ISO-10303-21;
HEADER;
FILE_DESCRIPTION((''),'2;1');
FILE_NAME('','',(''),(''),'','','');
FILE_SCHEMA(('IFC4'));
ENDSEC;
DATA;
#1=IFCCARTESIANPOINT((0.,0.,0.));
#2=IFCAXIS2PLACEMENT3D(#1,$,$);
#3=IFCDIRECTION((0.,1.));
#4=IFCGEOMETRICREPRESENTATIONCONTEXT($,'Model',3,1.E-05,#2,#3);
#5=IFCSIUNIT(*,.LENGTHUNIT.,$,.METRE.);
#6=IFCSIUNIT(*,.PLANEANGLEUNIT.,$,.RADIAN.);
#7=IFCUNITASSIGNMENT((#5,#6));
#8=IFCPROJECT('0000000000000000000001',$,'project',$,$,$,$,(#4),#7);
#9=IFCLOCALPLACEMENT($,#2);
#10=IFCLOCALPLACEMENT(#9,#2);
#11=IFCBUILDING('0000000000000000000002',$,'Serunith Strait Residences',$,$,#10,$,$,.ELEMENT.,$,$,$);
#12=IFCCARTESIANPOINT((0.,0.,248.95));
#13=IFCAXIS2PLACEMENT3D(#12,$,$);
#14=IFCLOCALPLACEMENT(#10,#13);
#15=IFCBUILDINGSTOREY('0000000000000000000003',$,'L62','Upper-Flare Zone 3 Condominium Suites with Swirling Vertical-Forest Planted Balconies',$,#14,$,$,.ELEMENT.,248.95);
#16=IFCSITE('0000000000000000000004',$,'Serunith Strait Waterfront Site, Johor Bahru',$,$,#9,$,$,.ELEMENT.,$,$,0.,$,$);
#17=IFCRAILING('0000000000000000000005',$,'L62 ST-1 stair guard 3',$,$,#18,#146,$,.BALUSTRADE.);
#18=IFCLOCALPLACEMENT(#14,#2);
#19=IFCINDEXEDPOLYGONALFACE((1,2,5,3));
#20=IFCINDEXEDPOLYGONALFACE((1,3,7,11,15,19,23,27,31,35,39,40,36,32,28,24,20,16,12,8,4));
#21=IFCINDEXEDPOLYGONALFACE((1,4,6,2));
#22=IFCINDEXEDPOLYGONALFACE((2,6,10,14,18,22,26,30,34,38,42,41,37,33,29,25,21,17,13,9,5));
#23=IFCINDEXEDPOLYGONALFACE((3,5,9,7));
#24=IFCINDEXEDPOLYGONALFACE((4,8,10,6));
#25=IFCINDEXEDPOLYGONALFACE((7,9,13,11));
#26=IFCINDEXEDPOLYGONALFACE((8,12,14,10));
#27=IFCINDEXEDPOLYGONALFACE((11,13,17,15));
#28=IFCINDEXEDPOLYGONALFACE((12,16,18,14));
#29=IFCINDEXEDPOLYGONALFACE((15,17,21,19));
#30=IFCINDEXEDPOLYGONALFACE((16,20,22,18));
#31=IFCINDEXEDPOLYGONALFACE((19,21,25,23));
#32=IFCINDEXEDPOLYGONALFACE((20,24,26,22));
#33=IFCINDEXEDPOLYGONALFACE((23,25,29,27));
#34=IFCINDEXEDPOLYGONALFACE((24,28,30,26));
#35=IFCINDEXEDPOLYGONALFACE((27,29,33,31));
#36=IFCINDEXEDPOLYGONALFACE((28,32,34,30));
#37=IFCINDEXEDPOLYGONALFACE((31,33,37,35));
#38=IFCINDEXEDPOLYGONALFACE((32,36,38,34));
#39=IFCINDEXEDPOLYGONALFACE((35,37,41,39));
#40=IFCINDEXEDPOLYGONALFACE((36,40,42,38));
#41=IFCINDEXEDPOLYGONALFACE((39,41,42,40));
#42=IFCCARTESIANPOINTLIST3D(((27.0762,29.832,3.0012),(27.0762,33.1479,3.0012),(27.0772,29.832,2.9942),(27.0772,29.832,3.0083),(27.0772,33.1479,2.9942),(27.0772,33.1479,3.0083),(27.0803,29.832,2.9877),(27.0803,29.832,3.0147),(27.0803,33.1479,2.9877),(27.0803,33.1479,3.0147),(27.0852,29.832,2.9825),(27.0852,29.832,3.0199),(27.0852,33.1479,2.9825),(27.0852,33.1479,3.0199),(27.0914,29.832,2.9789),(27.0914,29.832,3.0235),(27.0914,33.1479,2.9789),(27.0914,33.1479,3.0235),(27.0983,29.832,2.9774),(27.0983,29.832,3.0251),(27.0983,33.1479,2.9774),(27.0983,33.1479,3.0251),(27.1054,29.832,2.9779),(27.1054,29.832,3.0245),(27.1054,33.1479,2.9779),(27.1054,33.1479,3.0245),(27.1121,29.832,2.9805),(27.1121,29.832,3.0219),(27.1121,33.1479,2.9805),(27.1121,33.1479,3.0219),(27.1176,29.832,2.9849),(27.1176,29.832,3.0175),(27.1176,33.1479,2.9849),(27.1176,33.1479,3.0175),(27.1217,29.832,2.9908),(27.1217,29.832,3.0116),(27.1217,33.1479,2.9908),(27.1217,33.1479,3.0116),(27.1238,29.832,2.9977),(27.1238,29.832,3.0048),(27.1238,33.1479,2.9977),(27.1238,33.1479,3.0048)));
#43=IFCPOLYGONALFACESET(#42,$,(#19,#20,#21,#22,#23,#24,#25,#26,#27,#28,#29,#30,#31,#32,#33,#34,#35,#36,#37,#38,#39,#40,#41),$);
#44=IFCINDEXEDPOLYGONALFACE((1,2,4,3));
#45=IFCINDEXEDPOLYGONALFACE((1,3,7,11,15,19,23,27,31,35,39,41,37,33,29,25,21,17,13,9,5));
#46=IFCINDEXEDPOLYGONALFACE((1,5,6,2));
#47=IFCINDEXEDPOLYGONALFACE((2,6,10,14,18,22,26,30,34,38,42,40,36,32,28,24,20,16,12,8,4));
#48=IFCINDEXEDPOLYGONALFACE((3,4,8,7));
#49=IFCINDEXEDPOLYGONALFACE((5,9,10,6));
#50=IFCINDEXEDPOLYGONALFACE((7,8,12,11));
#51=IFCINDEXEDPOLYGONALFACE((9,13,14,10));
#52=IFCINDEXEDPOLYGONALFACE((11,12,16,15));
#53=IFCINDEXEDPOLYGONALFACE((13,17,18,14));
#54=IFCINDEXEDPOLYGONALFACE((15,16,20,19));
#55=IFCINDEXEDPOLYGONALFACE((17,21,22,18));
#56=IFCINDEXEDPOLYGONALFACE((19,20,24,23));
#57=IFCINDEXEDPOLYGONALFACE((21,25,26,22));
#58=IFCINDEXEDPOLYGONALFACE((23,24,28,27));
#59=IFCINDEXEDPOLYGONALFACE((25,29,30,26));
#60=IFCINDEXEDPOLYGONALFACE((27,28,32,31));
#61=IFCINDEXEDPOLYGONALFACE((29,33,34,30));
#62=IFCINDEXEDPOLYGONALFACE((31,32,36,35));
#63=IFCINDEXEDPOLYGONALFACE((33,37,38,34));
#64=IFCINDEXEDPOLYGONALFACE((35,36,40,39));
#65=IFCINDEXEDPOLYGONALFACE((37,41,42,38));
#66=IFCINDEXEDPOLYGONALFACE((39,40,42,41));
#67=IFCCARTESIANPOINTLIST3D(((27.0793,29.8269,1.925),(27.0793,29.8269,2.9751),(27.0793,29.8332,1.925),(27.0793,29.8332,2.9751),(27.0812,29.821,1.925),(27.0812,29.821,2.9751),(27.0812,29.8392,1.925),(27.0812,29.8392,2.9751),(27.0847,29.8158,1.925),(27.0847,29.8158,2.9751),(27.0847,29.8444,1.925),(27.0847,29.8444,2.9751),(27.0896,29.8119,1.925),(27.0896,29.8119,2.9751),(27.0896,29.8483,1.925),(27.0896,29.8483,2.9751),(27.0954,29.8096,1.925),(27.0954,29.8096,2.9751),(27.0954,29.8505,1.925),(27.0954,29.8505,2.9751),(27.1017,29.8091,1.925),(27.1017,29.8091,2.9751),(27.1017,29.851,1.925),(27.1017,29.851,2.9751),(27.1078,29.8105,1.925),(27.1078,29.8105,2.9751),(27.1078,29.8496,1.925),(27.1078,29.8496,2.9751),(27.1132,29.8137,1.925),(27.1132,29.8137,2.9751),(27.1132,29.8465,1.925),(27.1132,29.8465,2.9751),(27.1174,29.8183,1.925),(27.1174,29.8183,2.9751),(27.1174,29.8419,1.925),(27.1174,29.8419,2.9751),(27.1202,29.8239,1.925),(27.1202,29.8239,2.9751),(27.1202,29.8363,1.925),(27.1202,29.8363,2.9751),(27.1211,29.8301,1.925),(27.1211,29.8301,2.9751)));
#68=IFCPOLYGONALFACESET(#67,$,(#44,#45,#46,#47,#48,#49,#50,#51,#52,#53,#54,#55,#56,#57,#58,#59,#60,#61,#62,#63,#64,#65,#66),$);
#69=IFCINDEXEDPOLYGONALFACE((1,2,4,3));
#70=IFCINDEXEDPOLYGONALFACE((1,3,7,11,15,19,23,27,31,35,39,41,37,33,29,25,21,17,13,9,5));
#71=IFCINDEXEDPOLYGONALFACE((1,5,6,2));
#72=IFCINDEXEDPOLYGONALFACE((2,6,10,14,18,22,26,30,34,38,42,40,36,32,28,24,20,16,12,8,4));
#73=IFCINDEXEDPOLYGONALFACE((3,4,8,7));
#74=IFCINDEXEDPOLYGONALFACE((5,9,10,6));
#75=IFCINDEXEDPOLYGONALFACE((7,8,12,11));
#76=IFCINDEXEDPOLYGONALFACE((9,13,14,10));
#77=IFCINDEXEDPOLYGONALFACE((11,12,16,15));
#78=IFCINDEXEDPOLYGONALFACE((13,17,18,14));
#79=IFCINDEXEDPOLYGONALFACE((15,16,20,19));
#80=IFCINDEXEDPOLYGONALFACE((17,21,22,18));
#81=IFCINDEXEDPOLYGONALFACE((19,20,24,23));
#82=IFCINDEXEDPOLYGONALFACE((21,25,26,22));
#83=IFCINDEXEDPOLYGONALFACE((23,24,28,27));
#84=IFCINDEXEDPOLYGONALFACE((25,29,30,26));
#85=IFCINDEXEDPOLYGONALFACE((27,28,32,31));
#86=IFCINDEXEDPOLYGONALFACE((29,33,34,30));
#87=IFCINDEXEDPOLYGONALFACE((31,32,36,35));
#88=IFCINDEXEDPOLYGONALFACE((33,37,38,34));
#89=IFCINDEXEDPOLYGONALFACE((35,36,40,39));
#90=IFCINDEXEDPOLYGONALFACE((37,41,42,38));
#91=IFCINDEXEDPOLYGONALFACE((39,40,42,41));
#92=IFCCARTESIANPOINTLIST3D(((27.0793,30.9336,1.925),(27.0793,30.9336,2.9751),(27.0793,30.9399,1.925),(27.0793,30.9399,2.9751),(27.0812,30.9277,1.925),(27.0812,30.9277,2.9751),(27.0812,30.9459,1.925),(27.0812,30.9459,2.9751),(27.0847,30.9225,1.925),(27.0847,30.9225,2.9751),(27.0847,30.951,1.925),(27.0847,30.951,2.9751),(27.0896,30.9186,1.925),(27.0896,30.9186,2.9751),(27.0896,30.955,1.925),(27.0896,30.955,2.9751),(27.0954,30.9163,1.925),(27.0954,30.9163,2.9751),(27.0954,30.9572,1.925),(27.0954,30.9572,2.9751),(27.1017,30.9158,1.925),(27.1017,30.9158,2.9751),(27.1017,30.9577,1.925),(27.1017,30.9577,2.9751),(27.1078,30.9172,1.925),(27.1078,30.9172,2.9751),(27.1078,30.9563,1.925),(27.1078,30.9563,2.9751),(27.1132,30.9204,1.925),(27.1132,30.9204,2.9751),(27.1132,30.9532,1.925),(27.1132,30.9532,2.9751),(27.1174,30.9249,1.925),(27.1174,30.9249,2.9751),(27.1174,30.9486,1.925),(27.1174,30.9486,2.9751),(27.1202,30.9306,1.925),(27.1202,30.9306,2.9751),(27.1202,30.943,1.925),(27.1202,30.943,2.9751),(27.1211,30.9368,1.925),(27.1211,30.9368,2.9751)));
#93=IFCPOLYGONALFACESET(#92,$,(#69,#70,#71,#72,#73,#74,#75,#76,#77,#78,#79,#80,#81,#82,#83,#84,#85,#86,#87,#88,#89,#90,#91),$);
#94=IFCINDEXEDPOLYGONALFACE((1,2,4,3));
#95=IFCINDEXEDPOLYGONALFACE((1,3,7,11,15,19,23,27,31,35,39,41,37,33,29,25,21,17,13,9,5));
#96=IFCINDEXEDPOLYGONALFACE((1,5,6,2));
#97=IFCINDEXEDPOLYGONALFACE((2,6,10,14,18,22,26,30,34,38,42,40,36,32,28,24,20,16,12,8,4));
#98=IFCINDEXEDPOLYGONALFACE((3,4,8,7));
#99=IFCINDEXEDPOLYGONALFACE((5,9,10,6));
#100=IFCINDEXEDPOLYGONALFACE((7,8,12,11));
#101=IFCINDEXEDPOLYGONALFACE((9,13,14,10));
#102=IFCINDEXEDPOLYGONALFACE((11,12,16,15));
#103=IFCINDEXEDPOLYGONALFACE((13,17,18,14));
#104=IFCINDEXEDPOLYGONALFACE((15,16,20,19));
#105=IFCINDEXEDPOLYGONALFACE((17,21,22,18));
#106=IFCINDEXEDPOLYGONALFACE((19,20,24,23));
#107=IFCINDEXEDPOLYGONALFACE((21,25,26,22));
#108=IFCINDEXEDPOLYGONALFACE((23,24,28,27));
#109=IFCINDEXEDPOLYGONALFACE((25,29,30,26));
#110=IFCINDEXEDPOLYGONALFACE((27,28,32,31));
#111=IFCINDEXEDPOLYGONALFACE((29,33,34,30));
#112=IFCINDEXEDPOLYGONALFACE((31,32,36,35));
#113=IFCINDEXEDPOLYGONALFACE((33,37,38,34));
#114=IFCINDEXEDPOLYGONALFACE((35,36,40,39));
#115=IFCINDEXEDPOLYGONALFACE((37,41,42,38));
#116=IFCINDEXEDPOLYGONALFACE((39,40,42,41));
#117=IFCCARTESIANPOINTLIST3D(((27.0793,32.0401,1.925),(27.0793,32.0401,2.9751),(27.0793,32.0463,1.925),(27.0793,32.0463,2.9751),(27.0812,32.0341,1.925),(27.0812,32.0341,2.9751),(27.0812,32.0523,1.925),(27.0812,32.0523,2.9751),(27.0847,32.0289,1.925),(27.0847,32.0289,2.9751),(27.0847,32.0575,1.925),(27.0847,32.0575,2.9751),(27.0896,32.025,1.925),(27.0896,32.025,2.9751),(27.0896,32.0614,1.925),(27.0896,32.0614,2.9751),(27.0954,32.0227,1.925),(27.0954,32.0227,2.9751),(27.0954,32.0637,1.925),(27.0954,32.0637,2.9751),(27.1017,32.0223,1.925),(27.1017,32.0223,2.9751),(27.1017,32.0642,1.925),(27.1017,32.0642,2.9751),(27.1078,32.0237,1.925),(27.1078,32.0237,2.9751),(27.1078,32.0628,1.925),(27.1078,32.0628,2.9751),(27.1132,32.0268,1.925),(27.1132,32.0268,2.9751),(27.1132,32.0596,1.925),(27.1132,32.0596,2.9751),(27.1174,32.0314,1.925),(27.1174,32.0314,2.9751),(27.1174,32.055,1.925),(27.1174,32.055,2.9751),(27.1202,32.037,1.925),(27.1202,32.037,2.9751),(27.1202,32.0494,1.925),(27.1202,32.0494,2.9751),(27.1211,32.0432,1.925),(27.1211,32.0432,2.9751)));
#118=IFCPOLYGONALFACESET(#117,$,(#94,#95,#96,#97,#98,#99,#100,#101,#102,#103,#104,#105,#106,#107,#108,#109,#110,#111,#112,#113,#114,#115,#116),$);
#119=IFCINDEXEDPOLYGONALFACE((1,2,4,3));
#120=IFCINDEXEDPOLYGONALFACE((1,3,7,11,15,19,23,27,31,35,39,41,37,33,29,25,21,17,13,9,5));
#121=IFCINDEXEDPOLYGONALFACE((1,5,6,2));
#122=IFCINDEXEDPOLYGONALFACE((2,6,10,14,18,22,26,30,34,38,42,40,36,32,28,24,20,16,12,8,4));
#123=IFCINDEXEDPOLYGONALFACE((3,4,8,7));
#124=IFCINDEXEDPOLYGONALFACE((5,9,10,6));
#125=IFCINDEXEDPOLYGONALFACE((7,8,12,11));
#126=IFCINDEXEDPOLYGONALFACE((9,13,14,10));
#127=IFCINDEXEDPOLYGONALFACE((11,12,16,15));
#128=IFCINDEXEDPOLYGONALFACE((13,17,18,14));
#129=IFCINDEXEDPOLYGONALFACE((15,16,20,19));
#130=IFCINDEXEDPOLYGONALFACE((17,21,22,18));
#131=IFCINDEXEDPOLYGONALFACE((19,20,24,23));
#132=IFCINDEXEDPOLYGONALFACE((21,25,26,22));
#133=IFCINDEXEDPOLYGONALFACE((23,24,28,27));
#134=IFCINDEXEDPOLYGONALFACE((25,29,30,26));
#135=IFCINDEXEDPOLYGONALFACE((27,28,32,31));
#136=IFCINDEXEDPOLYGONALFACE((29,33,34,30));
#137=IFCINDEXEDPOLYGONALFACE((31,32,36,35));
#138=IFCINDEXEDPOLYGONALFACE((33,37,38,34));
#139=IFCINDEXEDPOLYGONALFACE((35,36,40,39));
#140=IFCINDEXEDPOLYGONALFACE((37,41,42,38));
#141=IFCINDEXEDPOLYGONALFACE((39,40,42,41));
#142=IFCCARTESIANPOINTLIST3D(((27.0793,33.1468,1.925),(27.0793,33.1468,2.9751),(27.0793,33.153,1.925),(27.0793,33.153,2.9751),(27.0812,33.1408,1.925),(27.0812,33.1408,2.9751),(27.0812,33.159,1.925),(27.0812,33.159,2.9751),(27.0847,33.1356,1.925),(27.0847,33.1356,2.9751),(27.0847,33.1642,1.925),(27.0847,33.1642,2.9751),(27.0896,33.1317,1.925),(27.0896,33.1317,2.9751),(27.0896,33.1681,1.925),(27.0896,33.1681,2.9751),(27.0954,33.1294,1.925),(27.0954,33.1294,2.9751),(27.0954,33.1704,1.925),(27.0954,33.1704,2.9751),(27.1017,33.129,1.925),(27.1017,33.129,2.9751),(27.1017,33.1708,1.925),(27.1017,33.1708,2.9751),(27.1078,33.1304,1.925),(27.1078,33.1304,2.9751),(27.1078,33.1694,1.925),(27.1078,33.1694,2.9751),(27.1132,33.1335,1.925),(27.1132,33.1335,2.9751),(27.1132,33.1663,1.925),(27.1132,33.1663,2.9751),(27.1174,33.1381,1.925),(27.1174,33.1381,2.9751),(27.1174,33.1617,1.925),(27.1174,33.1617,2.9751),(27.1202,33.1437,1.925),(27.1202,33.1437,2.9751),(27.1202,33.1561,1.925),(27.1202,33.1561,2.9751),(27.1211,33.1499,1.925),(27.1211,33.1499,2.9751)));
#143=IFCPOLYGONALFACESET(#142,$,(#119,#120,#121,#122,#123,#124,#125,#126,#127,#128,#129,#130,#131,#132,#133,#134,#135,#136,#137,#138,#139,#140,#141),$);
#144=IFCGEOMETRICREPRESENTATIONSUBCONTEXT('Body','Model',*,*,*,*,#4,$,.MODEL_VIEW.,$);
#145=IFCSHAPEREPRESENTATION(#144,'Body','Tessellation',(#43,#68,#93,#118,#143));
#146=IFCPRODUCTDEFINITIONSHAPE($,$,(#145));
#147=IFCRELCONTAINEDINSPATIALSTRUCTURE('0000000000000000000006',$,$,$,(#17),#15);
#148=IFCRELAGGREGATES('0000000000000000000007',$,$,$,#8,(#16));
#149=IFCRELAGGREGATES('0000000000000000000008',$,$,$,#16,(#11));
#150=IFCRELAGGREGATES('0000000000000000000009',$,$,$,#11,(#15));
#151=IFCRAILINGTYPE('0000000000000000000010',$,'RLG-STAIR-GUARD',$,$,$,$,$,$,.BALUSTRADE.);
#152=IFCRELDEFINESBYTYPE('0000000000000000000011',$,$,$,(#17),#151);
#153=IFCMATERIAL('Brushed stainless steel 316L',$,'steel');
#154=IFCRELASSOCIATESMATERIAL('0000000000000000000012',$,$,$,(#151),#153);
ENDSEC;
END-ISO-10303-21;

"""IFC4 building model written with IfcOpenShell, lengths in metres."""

from ifc_helpers import new_model, si_unit, direction, frame, origin, origin_2d, place, context, subcontext, project, spatial, circle, extrude, material, type_object, element, save


model = new_model("IFC4")

# Units and contexts
model_context = context("Model", 3, precision=1e-05, world=origin(), true_north=direction((0.0, 1.0)))
body_context = subcontext(model_context, "Body", "Model", "MODEL_VIEW")
ifc_project = project(units=[si_unit("LENGTHUNIT", "METRE"), si_unit("PLANEANGLEUNIT", "RADIAN")], contexts=[model_context])

# Site, building, storey
site_placement = place(None, origin())
site = spatial("IfcSite", under=ifc_project, at=site_placement, Name="Serunith Strait Waterfront Site, Johor Bahru", CompositionType="ELEMENT", RefElevation=0.0)
building_placement = place(site_placement, origin())
building = spatial("IfcBuilding", under=site, at=building_placement, Name="Serunith Strait Residences", CompositionType="ELEMENT")
storey_placement = place(building_placement, frame((0.0, 0.0, 248.95)))
storey = spatial("IfcBuildingStorey", under=building, at=storey_placement, Name="L62", Description="Upper-Flare Zone 3 Condominium Suites with Swirling Vertical-Forest Planted Balconies", CompositionType="ELEMENT", Elevation=248.95)

# Railing
ifc_material_1 = material(Name="Brushed stainless steel 316L", Category="steel")
railing_type_1 = type_object("IfcRailingType", Name="RLG-STAIR-GUARD", PredefinedType="BALUSTRADE", material=ifc_material_1)
for number, where, name in (
    (1, (27.1001, 29.8301, 1.925), "L62 ST-1 stair guard 3"),
):
    element("IfcRailing", number, at=place(storey_placement, frame(where)), inside=storey, type_object=railing_type_1, Name=name, PredefinedType="BALUSTRADE", context=body_context, shape_type="SweptSolid", body=[
        extrude(circle(Radius=0.0239, at=origin_2d()), frame((0.0, 0.002, 1.0762), z_axis=(0.0, 1.0, 0.0), x_axis=(-1.0, 0.0, 0.0)), (0.0, 0.0, 1.0), 3.3159),
        extrude(circle(Radius=0.021, at=origin_2d()), origin(), (0.0, 0.0, 1.0), 1.05),
        extrude(circle(Radius=0.021, at=origin_2d()), frame((0.0, 1.1067, 0.0)), (0.0, 0.0, 1.0), 1.05),
        extrude(circle(Radius=0.021, at=origin_2d()), frame((0.0, 2.2131, 0.0)), (0.0, 0.0, 1.0), 1.05),
        extrude(circle(Radius=0.021, at=origin_2d()), frame((0.0, 3.3198, 0.0)), (0.0, 0.0, 1.0), 1.05),
    ])

save(model, "model.ifc")
